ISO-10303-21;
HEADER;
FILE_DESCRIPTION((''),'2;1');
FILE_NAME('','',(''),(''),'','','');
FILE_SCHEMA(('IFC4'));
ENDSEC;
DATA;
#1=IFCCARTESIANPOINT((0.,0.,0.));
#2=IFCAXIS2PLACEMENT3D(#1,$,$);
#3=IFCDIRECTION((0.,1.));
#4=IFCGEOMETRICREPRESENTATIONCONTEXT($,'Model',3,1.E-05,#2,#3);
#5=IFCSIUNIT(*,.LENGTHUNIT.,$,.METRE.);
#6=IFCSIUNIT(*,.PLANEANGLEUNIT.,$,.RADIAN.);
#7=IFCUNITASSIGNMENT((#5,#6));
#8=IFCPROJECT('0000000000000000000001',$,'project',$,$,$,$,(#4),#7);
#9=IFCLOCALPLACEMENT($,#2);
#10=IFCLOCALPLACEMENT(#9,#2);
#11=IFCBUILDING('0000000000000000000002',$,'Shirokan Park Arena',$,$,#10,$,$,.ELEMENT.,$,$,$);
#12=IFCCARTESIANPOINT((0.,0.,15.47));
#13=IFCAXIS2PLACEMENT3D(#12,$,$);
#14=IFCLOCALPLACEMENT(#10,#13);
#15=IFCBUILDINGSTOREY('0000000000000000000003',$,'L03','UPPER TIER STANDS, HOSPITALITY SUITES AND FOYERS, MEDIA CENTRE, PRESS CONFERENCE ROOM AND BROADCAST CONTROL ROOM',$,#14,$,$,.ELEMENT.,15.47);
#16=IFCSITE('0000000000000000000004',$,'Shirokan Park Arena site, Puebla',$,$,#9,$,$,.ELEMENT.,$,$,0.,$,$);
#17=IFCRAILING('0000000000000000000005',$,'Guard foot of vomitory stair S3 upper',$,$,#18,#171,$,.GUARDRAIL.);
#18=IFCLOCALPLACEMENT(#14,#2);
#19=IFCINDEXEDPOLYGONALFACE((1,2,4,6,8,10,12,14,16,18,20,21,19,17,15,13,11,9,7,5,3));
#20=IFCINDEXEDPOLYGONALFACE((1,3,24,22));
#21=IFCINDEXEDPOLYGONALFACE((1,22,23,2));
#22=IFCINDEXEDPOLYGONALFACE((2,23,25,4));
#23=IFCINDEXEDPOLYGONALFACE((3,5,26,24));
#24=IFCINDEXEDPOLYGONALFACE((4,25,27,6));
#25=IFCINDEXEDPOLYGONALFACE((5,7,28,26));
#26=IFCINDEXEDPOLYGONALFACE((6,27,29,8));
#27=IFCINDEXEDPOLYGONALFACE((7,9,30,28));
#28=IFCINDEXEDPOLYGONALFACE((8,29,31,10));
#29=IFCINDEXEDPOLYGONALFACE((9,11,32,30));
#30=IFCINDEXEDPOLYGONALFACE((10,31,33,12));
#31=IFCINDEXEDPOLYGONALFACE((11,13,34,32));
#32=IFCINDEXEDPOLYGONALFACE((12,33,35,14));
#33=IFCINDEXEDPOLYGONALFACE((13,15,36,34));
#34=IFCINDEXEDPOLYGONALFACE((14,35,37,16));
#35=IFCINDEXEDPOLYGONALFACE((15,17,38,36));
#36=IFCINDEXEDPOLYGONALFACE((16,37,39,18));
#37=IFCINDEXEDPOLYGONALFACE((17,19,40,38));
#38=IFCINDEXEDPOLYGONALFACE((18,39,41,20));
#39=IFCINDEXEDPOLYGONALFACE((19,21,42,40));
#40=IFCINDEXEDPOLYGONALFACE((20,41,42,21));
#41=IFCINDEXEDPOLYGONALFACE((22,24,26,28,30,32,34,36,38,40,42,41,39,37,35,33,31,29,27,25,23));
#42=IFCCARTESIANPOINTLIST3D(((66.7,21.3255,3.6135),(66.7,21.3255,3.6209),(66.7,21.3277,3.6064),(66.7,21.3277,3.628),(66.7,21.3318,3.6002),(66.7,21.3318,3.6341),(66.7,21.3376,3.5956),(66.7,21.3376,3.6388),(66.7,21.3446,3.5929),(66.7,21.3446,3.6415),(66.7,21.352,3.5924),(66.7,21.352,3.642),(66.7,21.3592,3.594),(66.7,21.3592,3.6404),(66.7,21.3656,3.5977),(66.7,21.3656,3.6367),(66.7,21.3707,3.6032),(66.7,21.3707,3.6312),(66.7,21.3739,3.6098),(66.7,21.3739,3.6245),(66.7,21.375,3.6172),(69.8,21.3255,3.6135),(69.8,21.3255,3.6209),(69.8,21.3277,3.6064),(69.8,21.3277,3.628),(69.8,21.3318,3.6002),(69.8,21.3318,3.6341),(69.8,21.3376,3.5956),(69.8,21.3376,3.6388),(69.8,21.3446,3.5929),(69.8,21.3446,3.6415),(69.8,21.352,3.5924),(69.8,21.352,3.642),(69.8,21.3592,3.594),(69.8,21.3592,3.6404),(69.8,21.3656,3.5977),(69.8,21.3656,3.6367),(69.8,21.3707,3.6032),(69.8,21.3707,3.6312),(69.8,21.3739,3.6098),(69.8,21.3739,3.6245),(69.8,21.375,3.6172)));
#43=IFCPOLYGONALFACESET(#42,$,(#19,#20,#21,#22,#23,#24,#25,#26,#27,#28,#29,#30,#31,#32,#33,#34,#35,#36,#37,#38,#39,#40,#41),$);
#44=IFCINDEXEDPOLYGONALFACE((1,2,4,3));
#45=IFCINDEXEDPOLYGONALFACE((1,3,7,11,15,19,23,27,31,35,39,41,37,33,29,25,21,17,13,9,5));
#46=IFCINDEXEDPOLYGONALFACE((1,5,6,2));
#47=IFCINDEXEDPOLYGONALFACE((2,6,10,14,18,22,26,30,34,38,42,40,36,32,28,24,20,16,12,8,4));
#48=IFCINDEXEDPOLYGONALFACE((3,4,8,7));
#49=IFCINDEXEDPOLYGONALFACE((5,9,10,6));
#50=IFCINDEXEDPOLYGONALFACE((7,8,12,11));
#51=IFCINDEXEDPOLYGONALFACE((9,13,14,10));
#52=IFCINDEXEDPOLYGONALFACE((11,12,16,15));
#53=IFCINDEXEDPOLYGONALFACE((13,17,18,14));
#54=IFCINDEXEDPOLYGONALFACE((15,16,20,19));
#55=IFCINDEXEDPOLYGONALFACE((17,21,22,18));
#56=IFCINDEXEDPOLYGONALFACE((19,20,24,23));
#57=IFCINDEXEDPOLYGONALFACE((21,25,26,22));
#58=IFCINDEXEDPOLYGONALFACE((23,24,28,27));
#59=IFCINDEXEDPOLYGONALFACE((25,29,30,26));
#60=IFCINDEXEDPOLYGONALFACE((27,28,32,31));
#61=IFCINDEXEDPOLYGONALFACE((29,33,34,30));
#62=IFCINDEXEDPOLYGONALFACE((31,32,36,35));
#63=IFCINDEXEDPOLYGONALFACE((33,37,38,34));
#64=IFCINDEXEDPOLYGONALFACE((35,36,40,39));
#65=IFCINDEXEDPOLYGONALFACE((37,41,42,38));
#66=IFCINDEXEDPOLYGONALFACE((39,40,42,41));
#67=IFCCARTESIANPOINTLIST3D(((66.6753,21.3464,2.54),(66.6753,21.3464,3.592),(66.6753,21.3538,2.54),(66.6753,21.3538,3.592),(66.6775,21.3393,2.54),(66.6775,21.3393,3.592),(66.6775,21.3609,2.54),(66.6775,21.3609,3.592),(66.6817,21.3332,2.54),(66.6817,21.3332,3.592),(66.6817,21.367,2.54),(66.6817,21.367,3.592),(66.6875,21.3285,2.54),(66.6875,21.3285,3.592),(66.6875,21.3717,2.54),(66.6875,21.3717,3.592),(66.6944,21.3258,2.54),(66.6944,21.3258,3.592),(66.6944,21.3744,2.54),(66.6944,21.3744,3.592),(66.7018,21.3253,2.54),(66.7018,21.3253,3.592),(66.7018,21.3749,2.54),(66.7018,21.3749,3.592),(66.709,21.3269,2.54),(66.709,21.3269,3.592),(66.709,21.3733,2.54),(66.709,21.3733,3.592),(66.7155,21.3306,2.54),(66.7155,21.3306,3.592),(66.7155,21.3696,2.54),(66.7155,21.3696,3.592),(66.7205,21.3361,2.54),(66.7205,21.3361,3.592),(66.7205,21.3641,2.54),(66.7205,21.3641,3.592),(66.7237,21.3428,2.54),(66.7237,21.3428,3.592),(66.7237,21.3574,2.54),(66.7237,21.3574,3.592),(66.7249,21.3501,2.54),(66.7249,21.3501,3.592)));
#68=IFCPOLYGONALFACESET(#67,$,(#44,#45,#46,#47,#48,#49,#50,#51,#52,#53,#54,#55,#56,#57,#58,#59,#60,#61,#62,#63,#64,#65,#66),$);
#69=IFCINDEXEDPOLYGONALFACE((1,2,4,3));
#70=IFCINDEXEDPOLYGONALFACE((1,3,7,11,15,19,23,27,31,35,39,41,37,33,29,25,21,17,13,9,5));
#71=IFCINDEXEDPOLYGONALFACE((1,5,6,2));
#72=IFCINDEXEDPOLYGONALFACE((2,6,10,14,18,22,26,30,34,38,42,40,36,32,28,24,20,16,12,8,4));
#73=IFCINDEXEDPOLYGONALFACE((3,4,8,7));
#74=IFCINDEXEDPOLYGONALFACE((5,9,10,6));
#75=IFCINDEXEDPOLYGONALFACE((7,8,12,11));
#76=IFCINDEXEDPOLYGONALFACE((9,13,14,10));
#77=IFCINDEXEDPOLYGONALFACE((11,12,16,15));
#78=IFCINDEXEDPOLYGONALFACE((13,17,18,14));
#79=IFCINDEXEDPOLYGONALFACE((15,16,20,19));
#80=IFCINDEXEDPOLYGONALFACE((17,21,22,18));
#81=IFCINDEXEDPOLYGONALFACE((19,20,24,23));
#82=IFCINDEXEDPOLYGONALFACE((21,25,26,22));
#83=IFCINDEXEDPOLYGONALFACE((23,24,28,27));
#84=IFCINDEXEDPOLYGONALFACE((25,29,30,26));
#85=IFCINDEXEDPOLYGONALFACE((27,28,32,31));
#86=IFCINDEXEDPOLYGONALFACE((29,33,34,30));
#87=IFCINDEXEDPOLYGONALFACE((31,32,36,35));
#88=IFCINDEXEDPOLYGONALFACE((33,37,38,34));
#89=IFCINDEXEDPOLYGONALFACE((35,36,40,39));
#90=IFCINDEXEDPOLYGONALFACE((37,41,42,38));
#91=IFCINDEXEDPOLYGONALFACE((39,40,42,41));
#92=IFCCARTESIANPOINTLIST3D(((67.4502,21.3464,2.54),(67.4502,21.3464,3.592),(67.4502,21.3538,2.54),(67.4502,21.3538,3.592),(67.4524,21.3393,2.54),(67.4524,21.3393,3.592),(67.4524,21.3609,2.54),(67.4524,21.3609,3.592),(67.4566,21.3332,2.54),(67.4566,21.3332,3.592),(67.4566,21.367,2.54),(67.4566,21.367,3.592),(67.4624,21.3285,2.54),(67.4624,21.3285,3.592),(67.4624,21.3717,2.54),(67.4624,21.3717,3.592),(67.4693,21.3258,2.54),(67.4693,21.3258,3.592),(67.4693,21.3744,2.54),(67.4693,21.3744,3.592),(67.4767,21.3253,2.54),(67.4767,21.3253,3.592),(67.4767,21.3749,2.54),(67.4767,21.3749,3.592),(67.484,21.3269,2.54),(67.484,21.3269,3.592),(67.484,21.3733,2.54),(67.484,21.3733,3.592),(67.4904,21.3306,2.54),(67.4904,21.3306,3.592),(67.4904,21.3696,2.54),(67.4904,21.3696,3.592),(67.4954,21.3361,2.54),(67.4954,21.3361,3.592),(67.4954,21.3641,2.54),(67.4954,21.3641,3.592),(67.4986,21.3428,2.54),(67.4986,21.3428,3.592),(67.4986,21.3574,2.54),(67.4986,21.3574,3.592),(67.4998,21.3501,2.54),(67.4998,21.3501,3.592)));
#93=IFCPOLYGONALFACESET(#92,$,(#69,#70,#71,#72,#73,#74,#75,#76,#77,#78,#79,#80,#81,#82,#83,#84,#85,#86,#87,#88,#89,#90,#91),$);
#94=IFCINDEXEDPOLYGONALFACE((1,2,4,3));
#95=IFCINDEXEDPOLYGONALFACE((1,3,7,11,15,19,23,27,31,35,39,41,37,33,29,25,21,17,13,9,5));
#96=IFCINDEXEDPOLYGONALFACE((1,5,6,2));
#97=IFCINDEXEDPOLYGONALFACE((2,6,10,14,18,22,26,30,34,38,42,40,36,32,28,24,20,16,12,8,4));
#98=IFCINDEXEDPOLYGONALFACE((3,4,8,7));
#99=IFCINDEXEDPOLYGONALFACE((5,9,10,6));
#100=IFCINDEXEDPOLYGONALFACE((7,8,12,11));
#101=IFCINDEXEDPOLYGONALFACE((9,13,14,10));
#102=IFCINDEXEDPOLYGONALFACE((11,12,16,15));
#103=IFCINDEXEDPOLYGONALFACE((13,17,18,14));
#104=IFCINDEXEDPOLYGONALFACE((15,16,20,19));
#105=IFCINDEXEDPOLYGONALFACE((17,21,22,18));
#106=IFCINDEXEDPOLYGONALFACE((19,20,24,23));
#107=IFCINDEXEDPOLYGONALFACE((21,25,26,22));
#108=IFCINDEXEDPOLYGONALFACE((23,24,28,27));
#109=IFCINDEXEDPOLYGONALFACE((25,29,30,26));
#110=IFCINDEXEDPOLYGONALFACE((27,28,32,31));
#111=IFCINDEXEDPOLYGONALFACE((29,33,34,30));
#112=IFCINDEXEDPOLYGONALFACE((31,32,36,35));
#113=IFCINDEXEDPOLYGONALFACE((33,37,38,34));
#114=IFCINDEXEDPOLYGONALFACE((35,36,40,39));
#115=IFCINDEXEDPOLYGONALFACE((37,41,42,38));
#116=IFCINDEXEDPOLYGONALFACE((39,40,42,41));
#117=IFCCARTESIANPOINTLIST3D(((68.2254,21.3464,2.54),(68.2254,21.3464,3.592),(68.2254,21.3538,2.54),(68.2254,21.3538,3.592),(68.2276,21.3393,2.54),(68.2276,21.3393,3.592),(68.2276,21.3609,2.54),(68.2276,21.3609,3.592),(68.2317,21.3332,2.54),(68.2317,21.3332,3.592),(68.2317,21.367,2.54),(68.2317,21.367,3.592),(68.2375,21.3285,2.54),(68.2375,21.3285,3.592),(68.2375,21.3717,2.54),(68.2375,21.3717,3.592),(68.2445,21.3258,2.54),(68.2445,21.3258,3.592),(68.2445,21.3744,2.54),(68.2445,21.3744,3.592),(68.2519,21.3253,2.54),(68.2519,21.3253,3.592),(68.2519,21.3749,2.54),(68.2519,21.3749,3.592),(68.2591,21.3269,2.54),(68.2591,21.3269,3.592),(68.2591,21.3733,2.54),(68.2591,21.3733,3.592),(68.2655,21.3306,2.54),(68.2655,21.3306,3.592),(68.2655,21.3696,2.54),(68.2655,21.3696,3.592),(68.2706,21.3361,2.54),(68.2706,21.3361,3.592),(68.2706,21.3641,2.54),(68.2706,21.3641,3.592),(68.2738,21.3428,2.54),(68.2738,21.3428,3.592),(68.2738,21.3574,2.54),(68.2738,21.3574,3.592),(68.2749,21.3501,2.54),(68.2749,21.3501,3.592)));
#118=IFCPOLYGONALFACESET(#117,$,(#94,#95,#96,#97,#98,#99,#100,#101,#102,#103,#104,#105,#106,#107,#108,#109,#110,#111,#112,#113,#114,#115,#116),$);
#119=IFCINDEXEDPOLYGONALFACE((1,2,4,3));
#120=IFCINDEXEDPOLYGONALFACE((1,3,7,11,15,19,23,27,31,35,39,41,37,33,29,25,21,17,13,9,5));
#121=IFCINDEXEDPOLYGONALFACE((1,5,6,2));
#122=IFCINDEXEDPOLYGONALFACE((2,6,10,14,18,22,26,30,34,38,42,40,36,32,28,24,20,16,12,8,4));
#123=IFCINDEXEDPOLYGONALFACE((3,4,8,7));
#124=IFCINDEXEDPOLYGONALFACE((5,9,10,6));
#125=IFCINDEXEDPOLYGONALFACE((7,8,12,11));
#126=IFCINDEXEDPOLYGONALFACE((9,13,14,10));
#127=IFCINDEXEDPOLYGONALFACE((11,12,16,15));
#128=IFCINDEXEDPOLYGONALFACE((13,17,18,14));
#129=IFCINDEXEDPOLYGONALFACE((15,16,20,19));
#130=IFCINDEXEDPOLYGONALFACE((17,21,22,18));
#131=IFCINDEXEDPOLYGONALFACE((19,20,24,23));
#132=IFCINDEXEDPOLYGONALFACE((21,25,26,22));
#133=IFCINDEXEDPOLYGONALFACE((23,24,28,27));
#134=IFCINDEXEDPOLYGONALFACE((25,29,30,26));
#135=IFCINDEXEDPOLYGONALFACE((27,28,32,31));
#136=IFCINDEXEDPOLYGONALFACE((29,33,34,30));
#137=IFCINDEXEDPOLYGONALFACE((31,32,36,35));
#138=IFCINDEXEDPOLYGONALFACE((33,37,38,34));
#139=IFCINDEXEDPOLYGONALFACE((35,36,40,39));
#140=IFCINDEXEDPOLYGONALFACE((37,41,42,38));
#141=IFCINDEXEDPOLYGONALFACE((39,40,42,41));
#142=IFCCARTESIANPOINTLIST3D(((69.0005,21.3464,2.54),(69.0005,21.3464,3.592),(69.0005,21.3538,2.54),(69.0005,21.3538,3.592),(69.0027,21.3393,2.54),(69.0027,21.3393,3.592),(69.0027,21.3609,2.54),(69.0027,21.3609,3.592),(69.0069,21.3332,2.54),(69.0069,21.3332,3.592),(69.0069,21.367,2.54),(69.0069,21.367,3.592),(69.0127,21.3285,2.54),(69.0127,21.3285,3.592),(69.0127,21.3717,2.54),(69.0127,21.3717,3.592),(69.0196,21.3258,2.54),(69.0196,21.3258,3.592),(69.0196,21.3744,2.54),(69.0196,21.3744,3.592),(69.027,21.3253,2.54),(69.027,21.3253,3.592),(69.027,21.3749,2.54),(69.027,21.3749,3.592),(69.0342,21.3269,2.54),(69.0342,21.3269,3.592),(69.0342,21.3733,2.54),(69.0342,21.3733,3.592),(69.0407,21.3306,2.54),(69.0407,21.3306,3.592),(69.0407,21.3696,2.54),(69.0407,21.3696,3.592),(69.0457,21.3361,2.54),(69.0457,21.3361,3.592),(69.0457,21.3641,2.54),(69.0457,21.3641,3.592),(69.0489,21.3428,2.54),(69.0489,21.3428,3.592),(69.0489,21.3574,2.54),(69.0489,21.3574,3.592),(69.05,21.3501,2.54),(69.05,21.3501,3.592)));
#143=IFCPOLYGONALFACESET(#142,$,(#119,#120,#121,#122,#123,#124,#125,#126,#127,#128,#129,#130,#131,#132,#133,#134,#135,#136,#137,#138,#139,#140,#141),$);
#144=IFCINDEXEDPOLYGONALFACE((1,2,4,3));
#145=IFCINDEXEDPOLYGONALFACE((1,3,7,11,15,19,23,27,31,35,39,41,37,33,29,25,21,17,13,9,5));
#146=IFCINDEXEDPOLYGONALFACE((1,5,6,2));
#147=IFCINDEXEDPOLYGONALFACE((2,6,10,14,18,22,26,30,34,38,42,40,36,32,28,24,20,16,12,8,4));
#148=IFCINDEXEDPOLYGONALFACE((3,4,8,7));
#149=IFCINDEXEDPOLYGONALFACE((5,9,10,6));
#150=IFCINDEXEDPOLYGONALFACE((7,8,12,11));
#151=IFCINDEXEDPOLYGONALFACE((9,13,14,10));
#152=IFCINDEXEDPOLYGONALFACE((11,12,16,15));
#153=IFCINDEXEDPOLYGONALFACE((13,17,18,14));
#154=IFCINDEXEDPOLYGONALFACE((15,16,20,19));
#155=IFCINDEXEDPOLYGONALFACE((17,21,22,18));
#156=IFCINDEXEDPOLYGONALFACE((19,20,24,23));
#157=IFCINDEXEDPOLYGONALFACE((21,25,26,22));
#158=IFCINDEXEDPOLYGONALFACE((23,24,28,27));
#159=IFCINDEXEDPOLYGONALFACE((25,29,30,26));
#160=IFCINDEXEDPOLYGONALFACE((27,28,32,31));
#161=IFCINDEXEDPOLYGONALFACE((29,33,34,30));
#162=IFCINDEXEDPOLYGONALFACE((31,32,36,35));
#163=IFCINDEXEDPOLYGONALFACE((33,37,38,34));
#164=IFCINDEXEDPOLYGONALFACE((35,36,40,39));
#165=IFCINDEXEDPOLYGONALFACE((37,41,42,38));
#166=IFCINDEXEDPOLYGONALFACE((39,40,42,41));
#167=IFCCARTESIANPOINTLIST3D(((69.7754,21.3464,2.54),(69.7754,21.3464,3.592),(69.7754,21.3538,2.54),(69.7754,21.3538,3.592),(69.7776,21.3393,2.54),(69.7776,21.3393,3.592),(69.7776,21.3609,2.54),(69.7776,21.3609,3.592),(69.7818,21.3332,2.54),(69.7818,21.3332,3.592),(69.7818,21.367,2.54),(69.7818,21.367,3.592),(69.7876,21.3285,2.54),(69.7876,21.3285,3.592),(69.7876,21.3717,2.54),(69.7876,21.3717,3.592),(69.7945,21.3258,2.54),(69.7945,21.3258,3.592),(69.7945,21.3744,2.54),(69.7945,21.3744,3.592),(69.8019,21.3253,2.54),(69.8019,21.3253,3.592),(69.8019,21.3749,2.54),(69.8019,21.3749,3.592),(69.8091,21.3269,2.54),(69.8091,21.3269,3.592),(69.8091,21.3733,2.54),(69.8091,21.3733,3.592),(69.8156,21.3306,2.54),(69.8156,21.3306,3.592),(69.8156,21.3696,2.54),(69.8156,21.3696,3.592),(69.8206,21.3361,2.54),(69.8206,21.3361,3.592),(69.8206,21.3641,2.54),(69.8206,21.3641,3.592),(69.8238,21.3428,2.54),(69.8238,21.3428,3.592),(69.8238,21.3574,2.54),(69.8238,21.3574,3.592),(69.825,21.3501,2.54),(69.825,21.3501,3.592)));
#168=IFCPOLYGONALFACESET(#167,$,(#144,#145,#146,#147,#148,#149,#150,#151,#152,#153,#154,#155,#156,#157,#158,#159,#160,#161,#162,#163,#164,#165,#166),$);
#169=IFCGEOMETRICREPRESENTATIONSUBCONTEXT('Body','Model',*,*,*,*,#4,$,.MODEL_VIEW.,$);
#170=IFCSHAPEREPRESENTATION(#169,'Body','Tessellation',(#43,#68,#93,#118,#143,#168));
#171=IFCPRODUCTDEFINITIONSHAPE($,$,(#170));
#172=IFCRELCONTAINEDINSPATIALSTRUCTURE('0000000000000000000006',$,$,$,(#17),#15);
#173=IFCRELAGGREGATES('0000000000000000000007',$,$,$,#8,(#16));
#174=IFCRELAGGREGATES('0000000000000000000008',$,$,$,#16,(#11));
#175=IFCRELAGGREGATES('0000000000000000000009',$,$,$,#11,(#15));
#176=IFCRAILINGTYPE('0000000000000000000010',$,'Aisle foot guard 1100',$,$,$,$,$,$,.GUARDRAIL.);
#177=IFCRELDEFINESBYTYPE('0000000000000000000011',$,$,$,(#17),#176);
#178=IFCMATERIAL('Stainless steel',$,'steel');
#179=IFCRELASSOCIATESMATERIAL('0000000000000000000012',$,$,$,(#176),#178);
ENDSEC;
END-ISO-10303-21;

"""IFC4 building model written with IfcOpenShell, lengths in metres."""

from ifc_helpers import new_model, si_unit, direction, frame, origin, origin_2d, place, context, subcontext, project, spatial, circle, extrude, material, type_object, element, save


model = new_model("IFC4")

# Units and contexts
model_context = context("Model", 3, precision=1e-05, world=origin(), true_north=direction((0.0, 1.0)))
body_context = subcontext(model_context, "Body", "Model", "MODEL_VIEW")
ifc_project = project(units=[si_unit("LENGTHUNIT", "METRE"), si_unit("PLANEANGLEUNIT", "RADIAN")], contexts=[model_context])

# Site, building, storey
site_placement = place(None, origin())
site = spatial("IfcSite", under=ifc_project, at=site_placement, Name="Shirokan Park Arena site, Puebla", CompositionType="ELEMENT", RefElevation=0.0)
building_placement = place(site_placement, origin())
building = spatial("IfcBuilding", under=site, at=building_placement, Name="Shirokan Park Arena", CompositionType="ELEMENT")
storey_placement = place(building_placement, frame((0.0, 0.0, 15.47)))
storey = spatial("IfcBuildingStorey", under=building, at=storey_placement, Name="L03", Description="UPPER TIER STANDS, HOSPITALITY SUITES AND FOYERS, MEDIA CENTRE, PRESS CONFERENCE ROOM AND BROADCAST CONTROL ROOM", CompositionType="ELEMENT", Elevation=15.47)

# Railing
ifc_material_1 = material(Name="Stainless steel", Category="steel")
railing_type_1 = type_object("IfcRailingType", Name="Aisle foot guard 1100", PredefinedType="GUARDRAIL", material=ifc_material_1)
railing_1_placement = place(storey_placement, frame((66.7, 21.3501, 2.54)))
element("IfcRailing", 1, at=railing_1_placement, inside=storey, type_object=railing_type_1, Name="Guard foot of vomitory stair S3 upper", PredefinedType="GUARDRAIL", context=body_context, shape_type="SweptSolid", body=[
    extrude(circle(Radius=0.0249, at=origin_2d()), frame((0.0, 0.0, 1.0771), z_axis=(1.0, 0.0, 0.0), x_axis=(0.0, 1.0, 0.0)), (0.0, 0.0, 1.0), 3.1001),
    extrude(circle(Radius=0.0249, at=origin_2d()), origin(), (0.0, 0.0, 1.0), 1.052),
    extrude(circle(Radius=0.0249, at=origin_2d()), frame((0.7749, 0.0, 0.0)), (0.0, 0.0, 1.0), 1.052),
    extrude(circle(Radius=0.0249, at=origin_2d()), frame((1.55, 0.0, 0.0)), (0.0, 0.0, 1.0), 1.052),
    extrude(circle(Radius=0.0249, at=origin_2d()), frame((2.3252, 0.0, 0.0)), (0.0, 0.0, 1.0), 1.052),
    extrude(circle(Radius=0.0249, at=origin_2d()), frame((3.1001, 0.0, 0.0)), (0.0, 0.0, 1.0), 1.052),
])

save(model, "model.ifc")
